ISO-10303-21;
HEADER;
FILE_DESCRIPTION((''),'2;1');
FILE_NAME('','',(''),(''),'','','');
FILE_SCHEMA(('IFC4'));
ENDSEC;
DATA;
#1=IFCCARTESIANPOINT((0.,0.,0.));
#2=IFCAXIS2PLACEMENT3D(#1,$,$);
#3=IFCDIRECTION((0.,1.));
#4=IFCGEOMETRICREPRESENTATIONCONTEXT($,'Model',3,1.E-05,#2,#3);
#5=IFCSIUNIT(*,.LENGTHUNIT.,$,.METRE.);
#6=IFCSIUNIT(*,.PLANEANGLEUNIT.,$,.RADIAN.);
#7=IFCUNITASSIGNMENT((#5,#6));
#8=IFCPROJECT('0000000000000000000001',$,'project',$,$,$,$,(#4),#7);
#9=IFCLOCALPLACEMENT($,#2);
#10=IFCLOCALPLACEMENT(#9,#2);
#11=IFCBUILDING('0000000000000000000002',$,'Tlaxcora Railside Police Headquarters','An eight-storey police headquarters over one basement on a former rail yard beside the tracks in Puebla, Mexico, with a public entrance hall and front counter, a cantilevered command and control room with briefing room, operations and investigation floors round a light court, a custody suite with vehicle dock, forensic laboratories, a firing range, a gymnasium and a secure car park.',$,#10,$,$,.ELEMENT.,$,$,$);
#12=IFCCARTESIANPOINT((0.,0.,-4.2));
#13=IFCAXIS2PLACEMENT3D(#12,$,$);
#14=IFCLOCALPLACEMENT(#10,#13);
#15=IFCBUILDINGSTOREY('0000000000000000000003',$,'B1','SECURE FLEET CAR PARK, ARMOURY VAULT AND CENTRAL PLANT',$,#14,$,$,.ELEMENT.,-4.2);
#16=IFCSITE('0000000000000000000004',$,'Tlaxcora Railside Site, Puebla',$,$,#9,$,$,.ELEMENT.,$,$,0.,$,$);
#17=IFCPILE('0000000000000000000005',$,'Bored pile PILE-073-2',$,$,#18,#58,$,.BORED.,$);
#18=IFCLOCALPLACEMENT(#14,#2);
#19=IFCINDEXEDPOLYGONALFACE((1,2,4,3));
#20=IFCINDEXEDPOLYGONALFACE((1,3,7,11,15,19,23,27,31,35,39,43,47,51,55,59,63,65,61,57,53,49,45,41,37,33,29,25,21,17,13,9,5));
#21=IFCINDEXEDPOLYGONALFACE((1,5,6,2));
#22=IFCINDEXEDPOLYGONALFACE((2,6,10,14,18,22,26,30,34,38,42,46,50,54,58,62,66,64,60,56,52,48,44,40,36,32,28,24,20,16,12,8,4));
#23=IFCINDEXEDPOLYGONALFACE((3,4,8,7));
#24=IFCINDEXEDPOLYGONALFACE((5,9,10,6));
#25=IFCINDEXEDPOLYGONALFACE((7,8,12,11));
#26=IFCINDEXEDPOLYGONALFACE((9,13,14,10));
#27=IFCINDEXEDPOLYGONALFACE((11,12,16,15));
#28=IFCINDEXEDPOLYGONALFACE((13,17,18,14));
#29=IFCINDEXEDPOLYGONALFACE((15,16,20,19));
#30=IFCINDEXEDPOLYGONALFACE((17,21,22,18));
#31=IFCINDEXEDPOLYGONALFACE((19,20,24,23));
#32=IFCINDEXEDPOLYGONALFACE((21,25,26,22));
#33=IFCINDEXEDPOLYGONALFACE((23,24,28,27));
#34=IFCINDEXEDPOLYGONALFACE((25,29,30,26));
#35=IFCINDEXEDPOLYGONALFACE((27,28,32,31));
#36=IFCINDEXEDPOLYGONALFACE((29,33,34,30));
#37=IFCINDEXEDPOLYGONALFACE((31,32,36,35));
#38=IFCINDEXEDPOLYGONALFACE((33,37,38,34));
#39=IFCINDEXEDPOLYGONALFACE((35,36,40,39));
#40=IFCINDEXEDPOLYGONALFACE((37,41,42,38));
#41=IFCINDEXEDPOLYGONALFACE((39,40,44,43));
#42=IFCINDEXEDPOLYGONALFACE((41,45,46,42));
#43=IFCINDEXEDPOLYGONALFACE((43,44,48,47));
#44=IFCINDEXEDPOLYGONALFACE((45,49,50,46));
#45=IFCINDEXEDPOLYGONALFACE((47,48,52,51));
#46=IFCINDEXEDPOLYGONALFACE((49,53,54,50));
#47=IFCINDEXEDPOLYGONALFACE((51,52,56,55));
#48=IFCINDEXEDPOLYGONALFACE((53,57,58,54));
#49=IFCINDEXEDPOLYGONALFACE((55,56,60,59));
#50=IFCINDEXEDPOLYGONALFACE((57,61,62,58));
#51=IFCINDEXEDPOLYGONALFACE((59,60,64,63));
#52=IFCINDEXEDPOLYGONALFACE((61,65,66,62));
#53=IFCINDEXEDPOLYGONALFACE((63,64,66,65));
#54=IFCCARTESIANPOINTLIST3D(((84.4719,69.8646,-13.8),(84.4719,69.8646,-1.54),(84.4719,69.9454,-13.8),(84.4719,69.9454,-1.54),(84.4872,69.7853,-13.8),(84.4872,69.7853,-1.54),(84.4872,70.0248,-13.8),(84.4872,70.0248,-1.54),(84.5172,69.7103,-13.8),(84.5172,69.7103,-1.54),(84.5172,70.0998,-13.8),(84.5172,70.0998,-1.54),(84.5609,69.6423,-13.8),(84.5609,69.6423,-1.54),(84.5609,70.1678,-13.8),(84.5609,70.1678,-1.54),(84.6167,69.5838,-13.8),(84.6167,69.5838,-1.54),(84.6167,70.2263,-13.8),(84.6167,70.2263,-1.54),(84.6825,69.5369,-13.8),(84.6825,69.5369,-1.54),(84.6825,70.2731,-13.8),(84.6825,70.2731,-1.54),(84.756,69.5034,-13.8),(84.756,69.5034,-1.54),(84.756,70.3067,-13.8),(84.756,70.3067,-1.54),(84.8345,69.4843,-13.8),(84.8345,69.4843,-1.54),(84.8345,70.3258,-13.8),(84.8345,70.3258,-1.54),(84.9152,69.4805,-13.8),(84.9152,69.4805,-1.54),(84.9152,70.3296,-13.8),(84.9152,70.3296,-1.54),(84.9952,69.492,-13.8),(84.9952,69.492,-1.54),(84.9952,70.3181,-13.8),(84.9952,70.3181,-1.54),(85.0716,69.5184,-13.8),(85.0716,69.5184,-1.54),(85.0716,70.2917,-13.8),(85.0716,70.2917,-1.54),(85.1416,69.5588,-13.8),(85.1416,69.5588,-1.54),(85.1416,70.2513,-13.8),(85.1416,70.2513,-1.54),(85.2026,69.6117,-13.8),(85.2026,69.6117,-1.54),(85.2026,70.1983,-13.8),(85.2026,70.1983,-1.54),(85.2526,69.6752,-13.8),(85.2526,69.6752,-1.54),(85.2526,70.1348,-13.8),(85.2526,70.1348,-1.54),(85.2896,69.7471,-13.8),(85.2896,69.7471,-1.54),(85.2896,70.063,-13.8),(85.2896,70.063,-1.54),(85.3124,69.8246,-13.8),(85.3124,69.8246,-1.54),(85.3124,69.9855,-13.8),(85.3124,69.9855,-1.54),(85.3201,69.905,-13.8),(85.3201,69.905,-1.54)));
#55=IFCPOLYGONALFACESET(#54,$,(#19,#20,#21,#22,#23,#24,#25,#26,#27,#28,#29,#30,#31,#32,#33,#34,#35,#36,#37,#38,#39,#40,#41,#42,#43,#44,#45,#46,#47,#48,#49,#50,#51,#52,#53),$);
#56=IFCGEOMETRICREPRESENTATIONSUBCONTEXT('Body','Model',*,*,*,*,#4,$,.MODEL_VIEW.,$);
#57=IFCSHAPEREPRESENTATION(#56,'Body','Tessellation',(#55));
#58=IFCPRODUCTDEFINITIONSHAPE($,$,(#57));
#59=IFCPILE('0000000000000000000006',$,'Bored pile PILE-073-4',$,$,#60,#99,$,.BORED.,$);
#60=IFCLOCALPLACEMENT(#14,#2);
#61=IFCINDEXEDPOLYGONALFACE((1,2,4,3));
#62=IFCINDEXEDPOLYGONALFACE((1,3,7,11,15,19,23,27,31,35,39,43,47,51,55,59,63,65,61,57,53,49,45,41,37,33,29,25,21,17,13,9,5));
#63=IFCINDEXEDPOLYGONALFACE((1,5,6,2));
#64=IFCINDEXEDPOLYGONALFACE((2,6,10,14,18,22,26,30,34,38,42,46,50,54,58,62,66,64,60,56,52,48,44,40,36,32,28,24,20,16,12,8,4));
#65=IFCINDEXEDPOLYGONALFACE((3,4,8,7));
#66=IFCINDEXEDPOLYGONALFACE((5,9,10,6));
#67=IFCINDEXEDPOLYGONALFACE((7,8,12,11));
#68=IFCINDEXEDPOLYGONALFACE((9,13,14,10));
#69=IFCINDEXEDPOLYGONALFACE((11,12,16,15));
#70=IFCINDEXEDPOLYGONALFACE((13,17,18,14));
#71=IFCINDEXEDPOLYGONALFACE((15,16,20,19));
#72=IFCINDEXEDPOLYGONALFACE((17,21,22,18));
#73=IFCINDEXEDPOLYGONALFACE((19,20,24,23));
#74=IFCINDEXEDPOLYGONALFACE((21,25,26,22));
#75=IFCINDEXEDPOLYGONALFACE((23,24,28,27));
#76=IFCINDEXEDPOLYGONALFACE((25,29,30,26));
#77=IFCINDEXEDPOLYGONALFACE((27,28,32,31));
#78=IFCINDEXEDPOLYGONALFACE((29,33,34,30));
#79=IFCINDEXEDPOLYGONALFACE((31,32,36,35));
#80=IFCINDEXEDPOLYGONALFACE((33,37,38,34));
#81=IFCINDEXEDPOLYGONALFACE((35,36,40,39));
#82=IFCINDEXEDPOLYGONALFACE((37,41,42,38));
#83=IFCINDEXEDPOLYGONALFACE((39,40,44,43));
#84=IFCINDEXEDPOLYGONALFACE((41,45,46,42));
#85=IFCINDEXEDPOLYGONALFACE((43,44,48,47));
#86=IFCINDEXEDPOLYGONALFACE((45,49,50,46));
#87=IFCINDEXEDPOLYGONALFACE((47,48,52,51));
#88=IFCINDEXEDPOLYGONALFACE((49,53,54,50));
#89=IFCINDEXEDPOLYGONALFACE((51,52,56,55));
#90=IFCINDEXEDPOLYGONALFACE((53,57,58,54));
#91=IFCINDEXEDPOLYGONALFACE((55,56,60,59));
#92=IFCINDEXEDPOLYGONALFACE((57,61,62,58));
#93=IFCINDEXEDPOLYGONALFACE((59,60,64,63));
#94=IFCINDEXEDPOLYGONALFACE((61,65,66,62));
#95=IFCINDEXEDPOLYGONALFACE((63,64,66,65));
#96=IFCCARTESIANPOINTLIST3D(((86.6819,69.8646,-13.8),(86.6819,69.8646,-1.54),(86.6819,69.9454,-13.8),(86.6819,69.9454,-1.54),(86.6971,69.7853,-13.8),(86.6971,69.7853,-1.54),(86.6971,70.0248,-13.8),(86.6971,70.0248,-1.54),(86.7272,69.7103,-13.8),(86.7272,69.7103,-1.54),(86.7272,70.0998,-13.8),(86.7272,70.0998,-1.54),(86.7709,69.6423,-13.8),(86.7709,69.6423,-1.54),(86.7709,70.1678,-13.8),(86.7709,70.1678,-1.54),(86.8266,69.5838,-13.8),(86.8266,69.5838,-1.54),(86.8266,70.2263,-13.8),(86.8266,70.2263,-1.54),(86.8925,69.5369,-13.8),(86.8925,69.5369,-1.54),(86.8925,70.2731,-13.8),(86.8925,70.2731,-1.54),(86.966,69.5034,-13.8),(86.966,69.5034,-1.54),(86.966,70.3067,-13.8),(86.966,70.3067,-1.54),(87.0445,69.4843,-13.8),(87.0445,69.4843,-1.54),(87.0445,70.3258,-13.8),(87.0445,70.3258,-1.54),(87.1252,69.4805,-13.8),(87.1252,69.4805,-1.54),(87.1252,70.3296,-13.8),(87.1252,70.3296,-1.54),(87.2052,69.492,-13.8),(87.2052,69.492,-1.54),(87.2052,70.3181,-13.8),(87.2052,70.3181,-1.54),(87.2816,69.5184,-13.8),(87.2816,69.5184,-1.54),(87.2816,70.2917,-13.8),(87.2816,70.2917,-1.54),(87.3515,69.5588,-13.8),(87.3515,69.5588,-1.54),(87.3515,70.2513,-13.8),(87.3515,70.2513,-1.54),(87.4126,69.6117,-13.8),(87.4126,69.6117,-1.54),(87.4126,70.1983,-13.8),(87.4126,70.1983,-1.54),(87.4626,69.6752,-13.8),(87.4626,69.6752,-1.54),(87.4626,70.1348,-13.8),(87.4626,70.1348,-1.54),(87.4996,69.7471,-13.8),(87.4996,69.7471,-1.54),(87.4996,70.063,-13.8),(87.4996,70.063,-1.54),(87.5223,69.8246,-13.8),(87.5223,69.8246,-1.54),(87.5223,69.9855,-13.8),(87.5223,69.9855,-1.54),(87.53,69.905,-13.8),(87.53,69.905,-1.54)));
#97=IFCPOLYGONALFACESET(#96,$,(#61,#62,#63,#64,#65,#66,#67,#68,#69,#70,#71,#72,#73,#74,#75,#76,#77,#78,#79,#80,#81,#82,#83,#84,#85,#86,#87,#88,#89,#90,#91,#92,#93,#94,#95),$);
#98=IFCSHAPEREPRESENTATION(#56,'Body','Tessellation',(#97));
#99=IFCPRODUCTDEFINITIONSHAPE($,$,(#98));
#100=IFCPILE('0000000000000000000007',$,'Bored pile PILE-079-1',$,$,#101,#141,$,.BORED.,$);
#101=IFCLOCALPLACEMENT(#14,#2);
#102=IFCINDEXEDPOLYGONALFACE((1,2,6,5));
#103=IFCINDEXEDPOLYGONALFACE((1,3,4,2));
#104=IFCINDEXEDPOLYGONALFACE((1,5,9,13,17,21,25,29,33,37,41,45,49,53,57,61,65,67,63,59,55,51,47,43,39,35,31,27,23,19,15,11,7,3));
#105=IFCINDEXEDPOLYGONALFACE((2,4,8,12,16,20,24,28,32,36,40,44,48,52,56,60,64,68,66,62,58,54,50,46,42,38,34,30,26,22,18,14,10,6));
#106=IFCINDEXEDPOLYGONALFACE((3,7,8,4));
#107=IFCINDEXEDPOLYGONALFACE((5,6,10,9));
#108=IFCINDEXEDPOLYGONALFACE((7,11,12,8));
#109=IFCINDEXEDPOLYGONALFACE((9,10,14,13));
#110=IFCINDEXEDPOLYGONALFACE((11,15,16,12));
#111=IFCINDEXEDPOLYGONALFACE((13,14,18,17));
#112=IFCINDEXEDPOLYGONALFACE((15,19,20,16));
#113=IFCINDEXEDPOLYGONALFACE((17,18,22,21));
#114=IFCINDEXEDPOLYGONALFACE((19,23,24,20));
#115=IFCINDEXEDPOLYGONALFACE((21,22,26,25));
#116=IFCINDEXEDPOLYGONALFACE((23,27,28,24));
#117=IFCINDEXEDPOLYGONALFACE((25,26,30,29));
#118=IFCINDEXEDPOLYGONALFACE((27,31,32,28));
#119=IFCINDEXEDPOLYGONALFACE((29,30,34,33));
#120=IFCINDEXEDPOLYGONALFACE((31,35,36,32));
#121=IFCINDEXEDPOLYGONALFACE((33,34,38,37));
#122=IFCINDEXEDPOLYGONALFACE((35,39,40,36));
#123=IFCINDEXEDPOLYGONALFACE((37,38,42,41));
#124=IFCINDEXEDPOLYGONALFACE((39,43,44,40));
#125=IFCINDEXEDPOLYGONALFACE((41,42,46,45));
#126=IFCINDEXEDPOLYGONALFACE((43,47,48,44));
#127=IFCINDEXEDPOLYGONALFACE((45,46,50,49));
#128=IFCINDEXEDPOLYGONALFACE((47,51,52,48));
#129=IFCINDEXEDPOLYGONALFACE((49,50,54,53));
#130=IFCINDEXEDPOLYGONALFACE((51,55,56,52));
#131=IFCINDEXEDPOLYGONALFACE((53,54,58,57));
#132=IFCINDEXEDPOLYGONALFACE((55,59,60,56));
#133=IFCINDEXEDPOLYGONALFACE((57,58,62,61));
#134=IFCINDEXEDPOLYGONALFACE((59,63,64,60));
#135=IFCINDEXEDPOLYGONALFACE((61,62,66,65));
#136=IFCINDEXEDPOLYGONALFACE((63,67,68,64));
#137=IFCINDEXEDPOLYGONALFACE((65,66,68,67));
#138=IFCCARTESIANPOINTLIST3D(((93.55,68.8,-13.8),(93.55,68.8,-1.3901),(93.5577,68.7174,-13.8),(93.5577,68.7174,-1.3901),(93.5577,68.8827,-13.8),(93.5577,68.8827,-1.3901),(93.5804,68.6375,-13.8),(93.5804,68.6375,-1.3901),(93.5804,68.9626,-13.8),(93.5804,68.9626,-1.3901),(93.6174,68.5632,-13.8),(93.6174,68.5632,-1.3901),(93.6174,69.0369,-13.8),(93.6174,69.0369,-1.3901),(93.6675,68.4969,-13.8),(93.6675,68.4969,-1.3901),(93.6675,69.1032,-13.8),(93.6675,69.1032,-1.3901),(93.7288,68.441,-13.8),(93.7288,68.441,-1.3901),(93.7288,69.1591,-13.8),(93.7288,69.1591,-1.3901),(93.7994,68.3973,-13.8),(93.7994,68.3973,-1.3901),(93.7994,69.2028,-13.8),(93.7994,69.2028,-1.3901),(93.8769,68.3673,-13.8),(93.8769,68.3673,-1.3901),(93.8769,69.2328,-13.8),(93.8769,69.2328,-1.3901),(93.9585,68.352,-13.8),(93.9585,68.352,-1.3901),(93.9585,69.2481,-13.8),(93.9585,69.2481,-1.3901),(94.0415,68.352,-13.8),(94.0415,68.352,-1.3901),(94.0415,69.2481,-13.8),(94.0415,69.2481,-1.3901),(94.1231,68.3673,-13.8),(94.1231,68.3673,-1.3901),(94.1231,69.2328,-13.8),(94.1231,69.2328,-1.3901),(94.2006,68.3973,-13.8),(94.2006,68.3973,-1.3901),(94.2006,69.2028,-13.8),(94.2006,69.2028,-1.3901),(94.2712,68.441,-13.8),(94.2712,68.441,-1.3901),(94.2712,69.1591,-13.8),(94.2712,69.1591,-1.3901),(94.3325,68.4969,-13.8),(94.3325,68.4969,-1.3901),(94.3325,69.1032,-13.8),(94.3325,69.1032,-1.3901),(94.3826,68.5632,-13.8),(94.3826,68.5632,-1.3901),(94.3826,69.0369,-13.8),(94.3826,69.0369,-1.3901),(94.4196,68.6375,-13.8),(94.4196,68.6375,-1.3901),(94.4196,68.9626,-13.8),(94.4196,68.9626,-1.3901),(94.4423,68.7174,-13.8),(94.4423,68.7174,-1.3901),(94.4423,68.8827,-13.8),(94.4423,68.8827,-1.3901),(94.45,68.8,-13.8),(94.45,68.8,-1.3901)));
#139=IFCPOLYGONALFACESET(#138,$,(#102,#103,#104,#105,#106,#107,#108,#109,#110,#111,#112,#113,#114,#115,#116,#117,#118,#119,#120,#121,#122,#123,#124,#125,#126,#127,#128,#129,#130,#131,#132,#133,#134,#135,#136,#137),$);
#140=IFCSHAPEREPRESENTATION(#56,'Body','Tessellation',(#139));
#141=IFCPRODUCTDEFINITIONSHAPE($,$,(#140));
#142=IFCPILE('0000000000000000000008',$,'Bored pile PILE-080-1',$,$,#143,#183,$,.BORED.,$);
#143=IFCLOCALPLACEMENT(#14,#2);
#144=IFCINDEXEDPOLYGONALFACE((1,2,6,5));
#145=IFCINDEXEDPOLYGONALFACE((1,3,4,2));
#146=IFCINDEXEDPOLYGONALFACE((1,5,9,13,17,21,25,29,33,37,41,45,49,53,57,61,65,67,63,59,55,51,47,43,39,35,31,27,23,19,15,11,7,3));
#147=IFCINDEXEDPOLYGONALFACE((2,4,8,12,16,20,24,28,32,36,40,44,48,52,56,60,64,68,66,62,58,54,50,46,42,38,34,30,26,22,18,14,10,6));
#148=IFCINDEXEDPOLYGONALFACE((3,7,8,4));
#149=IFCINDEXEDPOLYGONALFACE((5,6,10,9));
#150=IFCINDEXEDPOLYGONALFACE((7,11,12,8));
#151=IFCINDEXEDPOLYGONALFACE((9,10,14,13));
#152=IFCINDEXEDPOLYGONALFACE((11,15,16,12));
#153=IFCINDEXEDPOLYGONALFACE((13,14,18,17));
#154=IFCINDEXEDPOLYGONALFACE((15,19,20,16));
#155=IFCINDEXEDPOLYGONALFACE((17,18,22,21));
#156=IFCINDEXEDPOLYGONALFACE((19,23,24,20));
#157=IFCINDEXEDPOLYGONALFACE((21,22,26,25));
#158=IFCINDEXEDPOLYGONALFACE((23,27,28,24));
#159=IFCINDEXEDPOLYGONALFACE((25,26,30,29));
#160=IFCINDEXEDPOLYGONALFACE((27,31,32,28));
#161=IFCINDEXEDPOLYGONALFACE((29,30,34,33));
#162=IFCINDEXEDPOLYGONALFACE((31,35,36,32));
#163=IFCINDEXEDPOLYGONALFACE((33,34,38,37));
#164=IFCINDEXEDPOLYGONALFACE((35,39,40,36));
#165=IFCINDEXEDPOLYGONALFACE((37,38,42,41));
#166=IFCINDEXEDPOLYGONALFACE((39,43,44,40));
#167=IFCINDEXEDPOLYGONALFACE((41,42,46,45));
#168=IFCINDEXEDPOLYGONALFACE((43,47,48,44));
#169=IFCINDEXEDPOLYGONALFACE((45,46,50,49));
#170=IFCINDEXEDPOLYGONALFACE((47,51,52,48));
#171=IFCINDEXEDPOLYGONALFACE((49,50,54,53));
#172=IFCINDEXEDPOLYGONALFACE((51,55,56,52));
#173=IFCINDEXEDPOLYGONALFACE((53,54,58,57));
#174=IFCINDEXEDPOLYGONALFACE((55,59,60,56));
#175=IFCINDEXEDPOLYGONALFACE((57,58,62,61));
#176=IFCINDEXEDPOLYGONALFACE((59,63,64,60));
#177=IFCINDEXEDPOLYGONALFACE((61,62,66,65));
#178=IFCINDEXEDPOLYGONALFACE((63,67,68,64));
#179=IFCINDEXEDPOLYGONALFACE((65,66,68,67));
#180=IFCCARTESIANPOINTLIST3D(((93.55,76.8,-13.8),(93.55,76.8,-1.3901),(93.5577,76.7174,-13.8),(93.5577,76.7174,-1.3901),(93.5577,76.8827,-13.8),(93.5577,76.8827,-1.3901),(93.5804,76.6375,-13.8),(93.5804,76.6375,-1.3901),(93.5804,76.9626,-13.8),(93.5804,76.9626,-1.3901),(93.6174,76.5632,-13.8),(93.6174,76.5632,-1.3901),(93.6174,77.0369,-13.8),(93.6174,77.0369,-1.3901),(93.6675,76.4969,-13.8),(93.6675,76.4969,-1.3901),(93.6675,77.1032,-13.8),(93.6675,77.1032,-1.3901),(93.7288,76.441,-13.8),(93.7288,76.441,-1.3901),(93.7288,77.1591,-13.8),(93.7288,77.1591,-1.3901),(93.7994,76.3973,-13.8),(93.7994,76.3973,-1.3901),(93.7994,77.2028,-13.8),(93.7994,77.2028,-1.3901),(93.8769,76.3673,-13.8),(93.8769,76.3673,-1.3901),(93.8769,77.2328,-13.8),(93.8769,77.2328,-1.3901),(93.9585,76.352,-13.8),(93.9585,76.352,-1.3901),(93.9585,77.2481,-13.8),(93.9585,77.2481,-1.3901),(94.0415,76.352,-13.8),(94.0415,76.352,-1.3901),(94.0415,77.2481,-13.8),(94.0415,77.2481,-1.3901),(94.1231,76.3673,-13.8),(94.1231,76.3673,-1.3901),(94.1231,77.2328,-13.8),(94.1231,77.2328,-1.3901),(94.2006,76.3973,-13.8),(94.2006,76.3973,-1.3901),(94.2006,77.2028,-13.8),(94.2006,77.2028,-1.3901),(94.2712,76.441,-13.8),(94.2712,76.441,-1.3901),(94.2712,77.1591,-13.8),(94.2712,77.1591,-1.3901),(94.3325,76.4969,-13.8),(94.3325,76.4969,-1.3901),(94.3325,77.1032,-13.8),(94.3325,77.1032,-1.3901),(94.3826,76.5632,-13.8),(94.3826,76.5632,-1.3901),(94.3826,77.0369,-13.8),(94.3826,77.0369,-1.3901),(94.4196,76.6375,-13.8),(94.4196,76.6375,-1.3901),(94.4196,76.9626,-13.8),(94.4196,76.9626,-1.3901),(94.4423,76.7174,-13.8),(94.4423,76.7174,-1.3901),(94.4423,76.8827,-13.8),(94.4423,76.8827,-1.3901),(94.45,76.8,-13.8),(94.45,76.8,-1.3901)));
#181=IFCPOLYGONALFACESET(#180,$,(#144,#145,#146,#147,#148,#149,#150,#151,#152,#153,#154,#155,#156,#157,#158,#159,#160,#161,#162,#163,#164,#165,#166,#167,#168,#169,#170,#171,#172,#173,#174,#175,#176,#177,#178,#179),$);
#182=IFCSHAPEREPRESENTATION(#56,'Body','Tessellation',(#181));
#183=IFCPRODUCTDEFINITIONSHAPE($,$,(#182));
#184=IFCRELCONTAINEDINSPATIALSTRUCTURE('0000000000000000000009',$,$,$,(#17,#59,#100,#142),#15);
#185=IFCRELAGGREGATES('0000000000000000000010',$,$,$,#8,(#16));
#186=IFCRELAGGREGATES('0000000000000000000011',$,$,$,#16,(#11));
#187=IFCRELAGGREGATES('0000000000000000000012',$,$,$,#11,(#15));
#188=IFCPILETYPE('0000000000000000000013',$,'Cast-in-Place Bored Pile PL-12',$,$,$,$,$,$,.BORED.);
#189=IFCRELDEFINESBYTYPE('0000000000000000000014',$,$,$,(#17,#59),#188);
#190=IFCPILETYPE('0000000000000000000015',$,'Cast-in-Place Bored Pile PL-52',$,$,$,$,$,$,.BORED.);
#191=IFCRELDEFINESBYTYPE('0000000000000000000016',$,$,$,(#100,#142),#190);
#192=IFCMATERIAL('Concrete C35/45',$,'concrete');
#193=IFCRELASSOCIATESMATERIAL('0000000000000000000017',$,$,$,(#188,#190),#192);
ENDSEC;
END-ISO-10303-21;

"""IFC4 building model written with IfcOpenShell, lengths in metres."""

from ifc_helpers import new_model, si_unit, direction, frame, origin, origin_2d, place, context, subcontext, project, spatial, circle, extrude, material, material_profile, profile_set, type_object, element, save


model = new_model("IFC4")

# Units and contexts
model_context = context("Model", 3, precision=1e-05, world=origin(), true_north=direction((0.0, 1.0)))
body_context = subcontext(model_context, "Body", "Model", "MODEL_VIEW")
ifc_project = project(units=[si_unit("LENGTHUNIT", "METRE"), si_unit("PLANEANGLEUNIT", "RADIAN")], contexts=[model_context])

# Site, building, storey
site_placement = place(None, origin())
site = spatial("IfcSite", under=ifc_project, at=site_placement, Name="Tlaxcora Railside Site, Puebla", CompositionType="ELEMENT", RefElevation=0.0)
building_placement = place(site_placement, origin())
building = spatial("IfcBuilding", under=site, at=building_placement, Name="Tlaxcora Railside Police Headquarters", Description="An eight-storey police headquarters over one basement on a former rail yard beside the tracks in Puebla, Mexico, with a public entrance hall and front counter, a cantilevered command and control room with briefing room, operations and investigation floors round a light court, a custody suite with vehicle dock, forensic laboratories, a firing range, a gymnasium and a secure car park.", CompositionType="ELEMENT")
storey_placement = place(building_placement, frame((0.0, 0.0, -4.2)))
storey = spatial("IfcBuildingStorey", under=building, at=storey_placement, Name="B1", Description="SECURE FLEET CAR PARK, ARMOURY VAULT AND CENTRAL PLANT", CompositionType="ELEMENT", Elevation=-4.2)

# Piles
ifc_material_1 = material(Name="Concrete C35/45", Category="concrete")
ifc_material_profile_1 = material_profile(ifc_material_1, circle(Radius=0.425, at=origin_2d()), Name="PILE850")
ifc_profile_set_1 = profile_set([ifc_material_profile_1], Name="Concrete C35/45")
pile_type_1 = type_object("IfcPileType", Name="Cast-in-Place Bored Pile PL-12", PredefinedType="BORED", material=ifc_profile_set_1)
for number, where, z_axis, x_axis, name in (
    (1, (84.895, 69.905, -1.54), (0.0, 0.0, -1.0), (1.0, 0.0, 0.0), "Bored pile PILE-073-2"),
    (2, (87.105, 69.905, -1.54), (0.0, 0.0, -1.0), (1.0, 0.0, 0.0), "Bored pile PILE-073-4"),
):
    element("IfcPile", number, at=place(storey_placement, frame(where, z_axis=z_axis, x_axis=x_axis)), inside=storey, type_object=pile_type_1, Name=name, PredefinedType="BORED", context=body_context, shape_type="SweptSolid", body=[
        extrude(circle(Radius=0.425, at=origin_2d()), origin(), (0.0, 0.0, 1.0), 12.26),
    ])
ifc_material_profile_2 = material_profile(ifc_material_1, circle(Radius=0.45, at=origin_2d()), Name="PILE900")
ifc_profile_set_2 = profile_set([ifc_material_profile_2], Name="Concrete C35/45")
pile_type_2 = type_object("IfcPileType", Name="Cast-in-Place Bored Pile PL-52", PredefinedType="BORED", material=ifc_profile_set_2)
for number, where, z_axis, x_axis, name in (
    (3, (94.0, 68.8, -1.3901), (0.0, 0.0, -1.0), (1.0, 0.0, 0.0), "Bored pile PILE-079-1"),
    (4, (94.0, 76.8, -1.3901), (0.0, 0.0, -1.0), (1.0, 0.0, 0.0), "Bored pile PILE-080-1"),
):
    element("IfcPile", number, at=place(storey_placement, frame(where, z_axis=z_axis, x_axis=x_axis)), inside=storey, type_object=pile_type_2, Name=name, PredefinedType="BORED", context=body_context, shape_type="SweptSolid", body=[
        extrude(circle(Radius=0.45, at=origin_2d()), origin(), (0.0, 0.0, 1.0), 12.4099),
    ])

save(model, "model.ifc")
